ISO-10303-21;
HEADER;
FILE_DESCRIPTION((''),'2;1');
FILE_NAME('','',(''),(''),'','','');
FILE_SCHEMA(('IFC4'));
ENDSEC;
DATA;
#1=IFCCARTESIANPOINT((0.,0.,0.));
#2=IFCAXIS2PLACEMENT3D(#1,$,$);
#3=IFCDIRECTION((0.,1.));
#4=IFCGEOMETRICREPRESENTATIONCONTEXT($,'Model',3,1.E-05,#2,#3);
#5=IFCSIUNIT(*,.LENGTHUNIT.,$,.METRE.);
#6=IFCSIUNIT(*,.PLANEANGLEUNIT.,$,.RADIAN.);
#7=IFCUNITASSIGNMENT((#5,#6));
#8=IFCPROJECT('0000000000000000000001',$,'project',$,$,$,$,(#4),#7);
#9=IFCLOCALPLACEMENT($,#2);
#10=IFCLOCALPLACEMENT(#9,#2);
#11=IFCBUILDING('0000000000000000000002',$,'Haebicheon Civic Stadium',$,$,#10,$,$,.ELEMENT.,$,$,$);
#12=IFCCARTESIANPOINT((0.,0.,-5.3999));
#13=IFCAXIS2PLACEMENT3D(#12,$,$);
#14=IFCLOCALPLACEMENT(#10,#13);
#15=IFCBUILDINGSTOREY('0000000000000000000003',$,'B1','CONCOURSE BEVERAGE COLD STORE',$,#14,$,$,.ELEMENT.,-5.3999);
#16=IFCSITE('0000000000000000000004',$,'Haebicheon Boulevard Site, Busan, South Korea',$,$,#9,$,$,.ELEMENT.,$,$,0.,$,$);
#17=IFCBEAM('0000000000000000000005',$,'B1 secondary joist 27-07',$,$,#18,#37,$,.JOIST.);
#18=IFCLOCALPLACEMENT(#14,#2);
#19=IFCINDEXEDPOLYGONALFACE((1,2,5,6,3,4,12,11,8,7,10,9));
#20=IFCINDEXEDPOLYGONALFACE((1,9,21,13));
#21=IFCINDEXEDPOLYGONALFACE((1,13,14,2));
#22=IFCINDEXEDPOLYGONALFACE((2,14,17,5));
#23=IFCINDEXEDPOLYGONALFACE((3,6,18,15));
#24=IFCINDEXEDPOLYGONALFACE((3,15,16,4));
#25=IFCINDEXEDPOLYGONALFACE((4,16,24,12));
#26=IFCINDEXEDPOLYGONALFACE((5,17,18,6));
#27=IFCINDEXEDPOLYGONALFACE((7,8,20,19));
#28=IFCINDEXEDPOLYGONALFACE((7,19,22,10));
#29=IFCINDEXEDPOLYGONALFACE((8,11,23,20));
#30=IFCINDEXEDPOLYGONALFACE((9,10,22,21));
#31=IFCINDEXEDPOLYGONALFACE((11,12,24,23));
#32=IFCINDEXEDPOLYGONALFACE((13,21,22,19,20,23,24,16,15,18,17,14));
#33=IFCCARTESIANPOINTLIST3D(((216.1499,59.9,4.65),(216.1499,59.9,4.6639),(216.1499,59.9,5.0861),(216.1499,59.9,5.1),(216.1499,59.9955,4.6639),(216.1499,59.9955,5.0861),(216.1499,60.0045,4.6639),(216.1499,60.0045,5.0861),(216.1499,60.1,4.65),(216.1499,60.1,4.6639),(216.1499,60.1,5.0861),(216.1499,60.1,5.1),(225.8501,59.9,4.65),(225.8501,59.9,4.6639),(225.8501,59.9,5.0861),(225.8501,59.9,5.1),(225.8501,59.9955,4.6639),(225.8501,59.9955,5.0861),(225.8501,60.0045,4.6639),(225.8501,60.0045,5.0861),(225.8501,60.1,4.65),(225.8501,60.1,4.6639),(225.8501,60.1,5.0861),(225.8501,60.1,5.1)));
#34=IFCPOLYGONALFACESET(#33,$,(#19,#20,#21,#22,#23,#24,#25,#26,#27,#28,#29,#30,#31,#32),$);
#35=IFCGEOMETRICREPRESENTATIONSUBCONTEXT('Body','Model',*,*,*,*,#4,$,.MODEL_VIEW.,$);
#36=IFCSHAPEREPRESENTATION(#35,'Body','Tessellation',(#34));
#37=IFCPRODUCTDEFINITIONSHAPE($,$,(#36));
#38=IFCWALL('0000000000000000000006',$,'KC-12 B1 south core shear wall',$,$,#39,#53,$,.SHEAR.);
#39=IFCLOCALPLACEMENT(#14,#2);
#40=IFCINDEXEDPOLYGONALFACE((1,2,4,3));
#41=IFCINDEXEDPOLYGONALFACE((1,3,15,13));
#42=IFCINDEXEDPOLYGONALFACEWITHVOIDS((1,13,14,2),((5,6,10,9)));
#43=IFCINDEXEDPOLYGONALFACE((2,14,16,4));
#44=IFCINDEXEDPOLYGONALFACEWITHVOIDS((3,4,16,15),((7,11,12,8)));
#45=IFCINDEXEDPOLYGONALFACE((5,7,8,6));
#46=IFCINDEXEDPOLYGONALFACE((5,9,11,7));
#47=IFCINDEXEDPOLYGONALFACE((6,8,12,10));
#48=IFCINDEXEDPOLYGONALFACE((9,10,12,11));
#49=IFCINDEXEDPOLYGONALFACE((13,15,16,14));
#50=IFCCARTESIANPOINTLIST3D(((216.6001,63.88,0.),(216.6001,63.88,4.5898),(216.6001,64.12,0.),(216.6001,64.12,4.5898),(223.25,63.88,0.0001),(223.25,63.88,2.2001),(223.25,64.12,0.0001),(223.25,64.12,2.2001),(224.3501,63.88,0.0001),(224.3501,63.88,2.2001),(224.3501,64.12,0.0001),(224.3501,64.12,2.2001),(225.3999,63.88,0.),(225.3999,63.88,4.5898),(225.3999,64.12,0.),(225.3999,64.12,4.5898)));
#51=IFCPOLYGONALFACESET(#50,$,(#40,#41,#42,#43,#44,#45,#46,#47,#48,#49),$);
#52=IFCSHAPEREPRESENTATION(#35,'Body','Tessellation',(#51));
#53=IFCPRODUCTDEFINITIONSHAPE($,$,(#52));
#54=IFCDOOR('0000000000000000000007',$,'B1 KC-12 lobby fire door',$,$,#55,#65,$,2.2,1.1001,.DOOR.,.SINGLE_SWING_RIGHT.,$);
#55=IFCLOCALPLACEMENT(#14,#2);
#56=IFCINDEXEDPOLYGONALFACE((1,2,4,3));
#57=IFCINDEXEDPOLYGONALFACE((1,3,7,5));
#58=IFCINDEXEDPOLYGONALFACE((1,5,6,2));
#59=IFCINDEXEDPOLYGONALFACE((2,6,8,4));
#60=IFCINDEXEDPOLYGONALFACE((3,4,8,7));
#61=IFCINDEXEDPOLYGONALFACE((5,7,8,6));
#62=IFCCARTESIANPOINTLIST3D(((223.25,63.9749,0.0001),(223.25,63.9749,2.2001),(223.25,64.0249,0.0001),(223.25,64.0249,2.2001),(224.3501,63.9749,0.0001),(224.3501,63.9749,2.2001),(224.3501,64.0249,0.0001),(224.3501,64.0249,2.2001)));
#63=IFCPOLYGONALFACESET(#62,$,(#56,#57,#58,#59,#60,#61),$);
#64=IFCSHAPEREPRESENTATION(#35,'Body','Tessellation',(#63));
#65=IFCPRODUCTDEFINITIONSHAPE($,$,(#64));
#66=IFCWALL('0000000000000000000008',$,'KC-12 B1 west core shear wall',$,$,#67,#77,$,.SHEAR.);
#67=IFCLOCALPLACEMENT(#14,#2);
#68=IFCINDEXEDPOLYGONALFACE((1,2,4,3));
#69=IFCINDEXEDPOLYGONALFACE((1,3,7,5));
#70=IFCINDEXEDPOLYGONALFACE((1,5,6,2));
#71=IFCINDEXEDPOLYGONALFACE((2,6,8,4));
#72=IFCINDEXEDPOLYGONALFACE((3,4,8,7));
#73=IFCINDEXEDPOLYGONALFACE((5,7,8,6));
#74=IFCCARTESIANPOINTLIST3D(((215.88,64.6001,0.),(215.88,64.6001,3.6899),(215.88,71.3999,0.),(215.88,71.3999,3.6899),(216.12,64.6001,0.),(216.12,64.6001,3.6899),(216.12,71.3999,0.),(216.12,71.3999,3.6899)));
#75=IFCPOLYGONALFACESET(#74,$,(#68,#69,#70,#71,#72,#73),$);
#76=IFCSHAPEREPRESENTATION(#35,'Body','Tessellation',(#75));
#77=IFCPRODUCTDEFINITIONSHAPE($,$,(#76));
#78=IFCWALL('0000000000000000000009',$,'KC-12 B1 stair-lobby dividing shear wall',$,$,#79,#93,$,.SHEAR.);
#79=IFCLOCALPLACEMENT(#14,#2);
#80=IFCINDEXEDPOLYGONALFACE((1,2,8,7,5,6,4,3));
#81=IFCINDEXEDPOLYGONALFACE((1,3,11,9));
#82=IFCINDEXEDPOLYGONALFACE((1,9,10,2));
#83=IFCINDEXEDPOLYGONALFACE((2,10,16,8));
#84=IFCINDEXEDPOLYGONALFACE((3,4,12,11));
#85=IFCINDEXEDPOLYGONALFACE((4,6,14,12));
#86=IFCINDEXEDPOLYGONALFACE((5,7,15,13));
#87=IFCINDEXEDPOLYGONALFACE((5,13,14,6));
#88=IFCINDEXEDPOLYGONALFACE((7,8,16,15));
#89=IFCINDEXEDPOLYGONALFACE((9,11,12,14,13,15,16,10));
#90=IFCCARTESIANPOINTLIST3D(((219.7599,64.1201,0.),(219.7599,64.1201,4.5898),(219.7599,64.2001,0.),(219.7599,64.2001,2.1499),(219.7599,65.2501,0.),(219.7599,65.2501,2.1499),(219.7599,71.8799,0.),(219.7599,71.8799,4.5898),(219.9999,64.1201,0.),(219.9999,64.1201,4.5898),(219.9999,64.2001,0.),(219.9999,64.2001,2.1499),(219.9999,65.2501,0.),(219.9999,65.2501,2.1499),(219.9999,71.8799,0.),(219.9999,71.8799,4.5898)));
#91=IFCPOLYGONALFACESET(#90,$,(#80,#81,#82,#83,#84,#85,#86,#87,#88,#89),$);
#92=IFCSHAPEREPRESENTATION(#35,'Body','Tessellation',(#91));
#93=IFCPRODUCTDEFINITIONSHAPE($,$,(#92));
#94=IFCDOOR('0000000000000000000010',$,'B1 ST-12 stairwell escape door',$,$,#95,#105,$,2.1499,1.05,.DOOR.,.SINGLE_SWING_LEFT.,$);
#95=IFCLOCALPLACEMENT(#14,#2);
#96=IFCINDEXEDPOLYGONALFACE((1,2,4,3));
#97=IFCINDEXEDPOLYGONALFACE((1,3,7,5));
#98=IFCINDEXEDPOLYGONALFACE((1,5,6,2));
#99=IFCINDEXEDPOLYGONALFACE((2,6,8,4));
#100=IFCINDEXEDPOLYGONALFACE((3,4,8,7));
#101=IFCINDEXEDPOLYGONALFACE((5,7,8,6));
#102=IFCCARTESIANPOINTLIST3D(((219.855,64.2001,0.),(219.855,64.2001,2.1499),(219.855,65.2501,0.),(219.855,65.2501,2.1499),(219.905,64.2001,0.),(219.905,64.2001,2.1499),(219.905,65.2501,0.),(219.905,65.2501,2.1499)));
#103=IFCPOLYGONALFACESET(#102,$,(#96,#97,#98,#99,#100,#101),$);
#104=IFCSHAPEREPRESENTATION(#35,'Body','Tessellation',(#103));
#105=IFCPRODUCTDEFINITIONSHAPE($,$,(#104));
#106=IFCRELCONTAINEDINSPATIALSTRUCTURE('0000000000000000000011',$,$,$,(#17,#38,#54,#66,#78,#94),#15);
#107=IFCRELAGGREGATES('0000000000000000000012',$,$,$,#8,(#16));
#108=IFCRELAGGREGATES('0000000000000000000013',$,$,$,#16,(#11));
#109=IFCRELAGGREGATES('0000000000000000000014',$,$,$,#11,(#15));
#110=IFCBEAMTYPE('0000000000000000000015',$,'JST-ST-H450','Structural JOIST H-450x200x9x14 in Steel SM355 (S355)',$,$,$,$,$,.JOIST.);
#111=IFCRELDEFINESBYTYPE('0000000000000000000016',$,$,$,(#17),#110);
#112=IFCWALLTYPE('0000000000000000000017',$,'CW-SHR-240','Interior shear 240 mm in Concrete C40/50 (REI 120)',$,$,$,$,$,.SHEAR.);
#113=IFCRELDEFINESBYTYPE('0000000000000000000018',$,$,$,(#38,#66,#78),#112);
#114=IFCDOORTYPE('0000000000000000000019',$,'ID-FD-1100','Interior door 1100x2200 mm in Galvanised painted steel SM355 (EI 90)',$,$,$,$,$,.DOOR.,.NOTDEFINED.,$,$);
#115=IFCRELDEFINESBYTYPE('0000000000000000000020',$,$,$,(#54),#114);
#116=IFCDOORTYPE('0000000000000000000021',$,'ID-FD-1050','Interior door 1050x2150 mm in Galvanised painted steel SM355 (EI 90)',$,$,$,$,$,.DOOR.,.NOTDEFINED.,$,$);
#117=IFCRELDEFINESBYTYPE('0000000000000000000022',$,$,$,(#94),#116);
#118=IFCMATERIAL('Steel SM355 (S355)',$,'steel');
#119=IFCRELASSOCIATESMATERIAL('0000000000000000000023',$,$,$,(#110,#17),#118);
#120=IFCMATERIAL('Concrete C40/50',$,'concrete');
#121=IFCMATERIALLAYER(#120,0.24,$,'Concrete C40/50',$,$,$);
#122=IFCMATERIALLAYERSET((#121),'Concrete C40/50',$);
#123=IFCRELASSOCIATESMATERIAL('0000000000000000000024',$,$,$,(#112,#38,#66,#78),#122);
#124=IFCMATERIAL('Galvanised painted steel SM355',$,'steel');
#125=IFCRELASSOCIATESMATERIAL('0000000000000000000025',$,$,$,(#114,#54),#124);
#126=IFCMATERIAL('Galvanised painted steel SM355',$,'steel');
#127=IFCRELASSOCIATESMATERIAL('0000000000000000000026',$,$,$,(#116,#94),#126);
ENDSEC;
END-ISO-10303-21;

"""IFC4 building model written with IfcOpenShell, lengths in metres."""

from ifc_helpers import new_model, si_unit, direction, frame, frame_2d, origin, origin_2d, place, context, subcontext, project, spatial, rectangle, i_section, extrude, material, layer, layer_set, material_profile, profile_set, type_object, element, fill, save


model = new_model("IFC4")

# Units and contexts
model_context = context("Model", 3, precision=1e-05, world=origin(), true_north=direction((0.0, 1.0)))
body_context = subcontext(model_context, "Body", "Model", "MODEL_VIEW")
ifc_project = project(units=[si_unit("LENGTHUNIT", "METRE"), si_unit("PLANEANGLEUNIT", "RADIAN")], contexts=[model_context])

# Site, building, storey
site_placement = place(None, origin())
site = spatial("IfcSite", under=ifc_project, at=site_placement, Name="Haebicheon Boulevard Site, Busan, South Korea", CompositionType="ELEMENT", RefElevation=0.0)
building_placement = place(site_placement, origin())
building = spatial("IfcBuilding", under=site, at=building_placement, Name="Haebicheon Civic Stadium", CompositionType="ELEMENT")
storey_placement = place(building_placement, frame((0.0, 0.0, -5.3999)))
storey = spatial("IfcBuildingStorey", under=building, at=storey_placement, Name="B1", Description="CONCOURSE BEVERAGE COLD STORE", CompositionType="ELEMENT", Elevation=-5.3999)

# Beam
ifc_material_1 = material(Name="Steel SM355 (S355)", Category="steel")
ifc_material_profile_1 = material_profile(ifc_material_1, i_section(OverallWidth=0.2, OverallDepth=0.45, WebThickness=0.009, FlangeThickness=0.0139, at=origin_2d()), Name="H-450x200x9x14")
ifc_profile_set_1 = profile_set([ifc_material_profile_1], Name="Steel SM355 (S355)")
beam_type_1 = type_object("IfcBeamType", Name="JST-ST-H450", Description="Structural JOIST H-450x200x9x14 in Steel SM355 (S355)", PredefinedType="JOIST", material=ifc_profile_set_1)
beam_1_placement = place(storey_placement, frame((216.1499, 60.0, 4.875), z_axis=(1.0, 0.0, 0.0), x_axis=(0.0, 1.0, 0.0)))
element("IfcBeam", 1, at=beam_1_placement, inside=storey, type_object=beam_type_1, material=ifc_profile_set_1, Name="B1 secondary joist 27-07", PredefinedType="JOIST", context=body_context, shape_type="SweptSolid", body=[
    extrude(i_section(OverallWidth=0.2, OverallDepth=0.45, WebThickness=0.009, FlangeThickness=0.0139, at=origin_2d()), origin(), (0.0, 0.0, 1.0), 9.7002),
])

# Wall, opening, door
ifc_material_2 = material(Name="Concrete C40/50", Category="concrete")
ifc_layer_1 = layer(ifc_material_2, 0.24, Name="Concrete C40/50")
ifc_layer_set_1 = layer_set([ifc_layer_1], Name="Concrete C40/50")
wall_type = type_object("IfcWallType", Name="CW-SHR-240", Description="Interior shear 240 mm in Concrete C40/50 (REI 120)", PredefinedType="SHEAR", material=ifc_layer_set_1)
wall_1_placement = place(storey_placement, frame((216.6001, 64.0, 0.0), z_axis=(0.0, 0.0, 1.0), x_axis=(1.0, 0.0, 0.0)))
wall_1 = element("IfcWall", 2, at=wall_1_placement, inside=storey, type_object=wall_type, material=ifc_layer_set_1, Name="KC-12 B1 south core shear wall", PredefinedType="SHEAR", context=body_context, shape_type="SweptSolid", body=[
    extrude(rectangle(XDim=8.7998, YDim=0.24, at=frame_2d((4.3999, 0.0))), origin(), (0.0, 0.0, 1.0), 4.5898),
])
opening_1_placement = place(wall_1_placement, frame((6.6499, 0.0, 0.0)))
opening_1 = element("IfcOpeningElement", 3, at=opening_1_placement, cuts=wall_1, PredefinedType="OPENING", context=body_context, shape_type="SweptSolid", body=[
    extrude(rectangle(XDim=1.1001, YDim=2.2, at=frame_2d((0.55, 1.1001))), frame((0.0, 0.1299, 0.0), z_axis=(0.0, -1.0, 0.0), x_axis=(1.0, 0.0, 0.0)), (0.0, 0.0, 1.0), 0.26),
])
ifc_material_3 = material(Name="Galvanised painted steel SM355", Category="steel")
door_type_1 = type_object("IfcDoorType", Name="ID-FD-1100", Description="Interior door 1100x2200 mm in Galvanised painted steel SM355 (EI 90)", OperationType="NOTDEFINED", PredefinedType="DOOR", material=ifc_material_3)
door_1_placement = place(opening_1_placement, origin())
door_1 = element("IfcDoor", 4, at=door_1_placement, inside=storey, type_object=door_type_1, material=ifc_material_3, Name="B1 KC-12 lobby fire door", OperationType="SINGLE_SWING_RIGHT", OverallHeight=2.2, OverallWidth=1.1001, PredefinedType="DOOR", context=body_context, shape_type="SweptSolid", body=[
    extrude(rectangle(XDim=1.1001, YDim=2.2, at=frame_2d((0.55, 1.1001))), frame((0.0, 0.0249, 0.0), z_axis=(0.0, -1.0, 0.0), x_axis=(1.0, 0.0, 0.0)), (0.0, 0.0, 1.0), 0.05),
])
fill(opening_1, door_1)

# Wall
wall_2_placement = place(storey_placement, frame((216.0, 64.6001, 0.0), z_axis=(0.0, 0.0, 1.0), x_axis=(0.0, 1.0, 0.0)))
element("IfcWall", 5, at=wall_2_placement, inside=storey, type_object=wall_type, material=ifc_layer_set_1, Name="KC-12 B1 west core shear wall", PredefinedType="SHEAR", context=body_context, shape_type="SweptSolid", body=[
    extrude(rectangle(XDim=6.7998, YDim=0.24, at=frame_2d((3.3999, 0.0))), origin(), (0.0, 0.0, 1.0), 3.6899),
])

# Wall, opening, door
wall_3_placement = place(storey_placement, frame((219.8799, 64.1201, 0.0), z_axis=(0.0, 0.0, 1.0), x_axis=(0.0, 1.0, 0.0)))
wall_3 = element("IfcWall", 6, at=wall_3_placement, inside=storey, type_object=wall_type, material=ifc_layer_set_1, Name="KC-12 B1 stair-lobby dividing shear wall", PredefinedType="SHEAR", context=body_context, shape_type="SweptSolid", body=[
    extrude(rectangle(XDim=7.7598, YDim=0.24, at=frame_2d((3.8799, 0.0))), origin(), (0.0, 0.0, 1.0), 4.5898),
])
opening_2_placement = place(wall_3_placement, frame((0.0801, 0.0, 0.0)))
opening_2 = element("IfcOpeningElement", 7, at=opening_2_placement, cuts=wall_3, PredefinedType="OPENING", context=body_context, shape_type="SweptSolid", body=[
    extrude(rectangle(XDim=1.05, YDim=2.1499, at=frame_2d((0.5249, 1.075))), frame((0.0, 0.1299, 0.0), z_axis=(0.0, -1.0, 0.0), x_axis=(1.0, 0.0, 0.0)), (0.0, 0.0, 1.0), 0.26),
])
ifc_material_4 = material(Name="Galvanised painted steel SM355", Category="steel")
door_type_2 = type_object("IfcDoorType", Name="ID-FD-1050", Description="Interior door 1050x2150 mm in Galvanised painted steel SM355 (EI 90)", OperationType="NOTDEFINED", PredefinedType="DOOR", material=ifc_material_4)
door_2_placement = place(opening_2_placement, origin())
door_2 = element("IfcDoor", 8, at=door_2_placement, inside=storey, type_object=door_type_2, material=ifc_material_4, Name="B1 ST-12 stairwell escape door", OperationType="SINGLE_SWING_LEFT", OverallHeight=2.1499, OverallWidth=1.05, PredefinedType="DOOR", context=body_context, shape_type="SweptSolid", body=[
    extrude(rectangle(XDim=1.05, YDim=2.1499, at=frame_2d((0.5249, 1.075))), frame((0.0, 0.0249, 0.0), z_axis=(0.0, -1.0, 0.0), x_axis=(1.0, 0.0, 0.0)), (0.0, 0.0, 1.0), 0.05),
])
fill(opening_2, door_2)

save(model, "model.ifc")
